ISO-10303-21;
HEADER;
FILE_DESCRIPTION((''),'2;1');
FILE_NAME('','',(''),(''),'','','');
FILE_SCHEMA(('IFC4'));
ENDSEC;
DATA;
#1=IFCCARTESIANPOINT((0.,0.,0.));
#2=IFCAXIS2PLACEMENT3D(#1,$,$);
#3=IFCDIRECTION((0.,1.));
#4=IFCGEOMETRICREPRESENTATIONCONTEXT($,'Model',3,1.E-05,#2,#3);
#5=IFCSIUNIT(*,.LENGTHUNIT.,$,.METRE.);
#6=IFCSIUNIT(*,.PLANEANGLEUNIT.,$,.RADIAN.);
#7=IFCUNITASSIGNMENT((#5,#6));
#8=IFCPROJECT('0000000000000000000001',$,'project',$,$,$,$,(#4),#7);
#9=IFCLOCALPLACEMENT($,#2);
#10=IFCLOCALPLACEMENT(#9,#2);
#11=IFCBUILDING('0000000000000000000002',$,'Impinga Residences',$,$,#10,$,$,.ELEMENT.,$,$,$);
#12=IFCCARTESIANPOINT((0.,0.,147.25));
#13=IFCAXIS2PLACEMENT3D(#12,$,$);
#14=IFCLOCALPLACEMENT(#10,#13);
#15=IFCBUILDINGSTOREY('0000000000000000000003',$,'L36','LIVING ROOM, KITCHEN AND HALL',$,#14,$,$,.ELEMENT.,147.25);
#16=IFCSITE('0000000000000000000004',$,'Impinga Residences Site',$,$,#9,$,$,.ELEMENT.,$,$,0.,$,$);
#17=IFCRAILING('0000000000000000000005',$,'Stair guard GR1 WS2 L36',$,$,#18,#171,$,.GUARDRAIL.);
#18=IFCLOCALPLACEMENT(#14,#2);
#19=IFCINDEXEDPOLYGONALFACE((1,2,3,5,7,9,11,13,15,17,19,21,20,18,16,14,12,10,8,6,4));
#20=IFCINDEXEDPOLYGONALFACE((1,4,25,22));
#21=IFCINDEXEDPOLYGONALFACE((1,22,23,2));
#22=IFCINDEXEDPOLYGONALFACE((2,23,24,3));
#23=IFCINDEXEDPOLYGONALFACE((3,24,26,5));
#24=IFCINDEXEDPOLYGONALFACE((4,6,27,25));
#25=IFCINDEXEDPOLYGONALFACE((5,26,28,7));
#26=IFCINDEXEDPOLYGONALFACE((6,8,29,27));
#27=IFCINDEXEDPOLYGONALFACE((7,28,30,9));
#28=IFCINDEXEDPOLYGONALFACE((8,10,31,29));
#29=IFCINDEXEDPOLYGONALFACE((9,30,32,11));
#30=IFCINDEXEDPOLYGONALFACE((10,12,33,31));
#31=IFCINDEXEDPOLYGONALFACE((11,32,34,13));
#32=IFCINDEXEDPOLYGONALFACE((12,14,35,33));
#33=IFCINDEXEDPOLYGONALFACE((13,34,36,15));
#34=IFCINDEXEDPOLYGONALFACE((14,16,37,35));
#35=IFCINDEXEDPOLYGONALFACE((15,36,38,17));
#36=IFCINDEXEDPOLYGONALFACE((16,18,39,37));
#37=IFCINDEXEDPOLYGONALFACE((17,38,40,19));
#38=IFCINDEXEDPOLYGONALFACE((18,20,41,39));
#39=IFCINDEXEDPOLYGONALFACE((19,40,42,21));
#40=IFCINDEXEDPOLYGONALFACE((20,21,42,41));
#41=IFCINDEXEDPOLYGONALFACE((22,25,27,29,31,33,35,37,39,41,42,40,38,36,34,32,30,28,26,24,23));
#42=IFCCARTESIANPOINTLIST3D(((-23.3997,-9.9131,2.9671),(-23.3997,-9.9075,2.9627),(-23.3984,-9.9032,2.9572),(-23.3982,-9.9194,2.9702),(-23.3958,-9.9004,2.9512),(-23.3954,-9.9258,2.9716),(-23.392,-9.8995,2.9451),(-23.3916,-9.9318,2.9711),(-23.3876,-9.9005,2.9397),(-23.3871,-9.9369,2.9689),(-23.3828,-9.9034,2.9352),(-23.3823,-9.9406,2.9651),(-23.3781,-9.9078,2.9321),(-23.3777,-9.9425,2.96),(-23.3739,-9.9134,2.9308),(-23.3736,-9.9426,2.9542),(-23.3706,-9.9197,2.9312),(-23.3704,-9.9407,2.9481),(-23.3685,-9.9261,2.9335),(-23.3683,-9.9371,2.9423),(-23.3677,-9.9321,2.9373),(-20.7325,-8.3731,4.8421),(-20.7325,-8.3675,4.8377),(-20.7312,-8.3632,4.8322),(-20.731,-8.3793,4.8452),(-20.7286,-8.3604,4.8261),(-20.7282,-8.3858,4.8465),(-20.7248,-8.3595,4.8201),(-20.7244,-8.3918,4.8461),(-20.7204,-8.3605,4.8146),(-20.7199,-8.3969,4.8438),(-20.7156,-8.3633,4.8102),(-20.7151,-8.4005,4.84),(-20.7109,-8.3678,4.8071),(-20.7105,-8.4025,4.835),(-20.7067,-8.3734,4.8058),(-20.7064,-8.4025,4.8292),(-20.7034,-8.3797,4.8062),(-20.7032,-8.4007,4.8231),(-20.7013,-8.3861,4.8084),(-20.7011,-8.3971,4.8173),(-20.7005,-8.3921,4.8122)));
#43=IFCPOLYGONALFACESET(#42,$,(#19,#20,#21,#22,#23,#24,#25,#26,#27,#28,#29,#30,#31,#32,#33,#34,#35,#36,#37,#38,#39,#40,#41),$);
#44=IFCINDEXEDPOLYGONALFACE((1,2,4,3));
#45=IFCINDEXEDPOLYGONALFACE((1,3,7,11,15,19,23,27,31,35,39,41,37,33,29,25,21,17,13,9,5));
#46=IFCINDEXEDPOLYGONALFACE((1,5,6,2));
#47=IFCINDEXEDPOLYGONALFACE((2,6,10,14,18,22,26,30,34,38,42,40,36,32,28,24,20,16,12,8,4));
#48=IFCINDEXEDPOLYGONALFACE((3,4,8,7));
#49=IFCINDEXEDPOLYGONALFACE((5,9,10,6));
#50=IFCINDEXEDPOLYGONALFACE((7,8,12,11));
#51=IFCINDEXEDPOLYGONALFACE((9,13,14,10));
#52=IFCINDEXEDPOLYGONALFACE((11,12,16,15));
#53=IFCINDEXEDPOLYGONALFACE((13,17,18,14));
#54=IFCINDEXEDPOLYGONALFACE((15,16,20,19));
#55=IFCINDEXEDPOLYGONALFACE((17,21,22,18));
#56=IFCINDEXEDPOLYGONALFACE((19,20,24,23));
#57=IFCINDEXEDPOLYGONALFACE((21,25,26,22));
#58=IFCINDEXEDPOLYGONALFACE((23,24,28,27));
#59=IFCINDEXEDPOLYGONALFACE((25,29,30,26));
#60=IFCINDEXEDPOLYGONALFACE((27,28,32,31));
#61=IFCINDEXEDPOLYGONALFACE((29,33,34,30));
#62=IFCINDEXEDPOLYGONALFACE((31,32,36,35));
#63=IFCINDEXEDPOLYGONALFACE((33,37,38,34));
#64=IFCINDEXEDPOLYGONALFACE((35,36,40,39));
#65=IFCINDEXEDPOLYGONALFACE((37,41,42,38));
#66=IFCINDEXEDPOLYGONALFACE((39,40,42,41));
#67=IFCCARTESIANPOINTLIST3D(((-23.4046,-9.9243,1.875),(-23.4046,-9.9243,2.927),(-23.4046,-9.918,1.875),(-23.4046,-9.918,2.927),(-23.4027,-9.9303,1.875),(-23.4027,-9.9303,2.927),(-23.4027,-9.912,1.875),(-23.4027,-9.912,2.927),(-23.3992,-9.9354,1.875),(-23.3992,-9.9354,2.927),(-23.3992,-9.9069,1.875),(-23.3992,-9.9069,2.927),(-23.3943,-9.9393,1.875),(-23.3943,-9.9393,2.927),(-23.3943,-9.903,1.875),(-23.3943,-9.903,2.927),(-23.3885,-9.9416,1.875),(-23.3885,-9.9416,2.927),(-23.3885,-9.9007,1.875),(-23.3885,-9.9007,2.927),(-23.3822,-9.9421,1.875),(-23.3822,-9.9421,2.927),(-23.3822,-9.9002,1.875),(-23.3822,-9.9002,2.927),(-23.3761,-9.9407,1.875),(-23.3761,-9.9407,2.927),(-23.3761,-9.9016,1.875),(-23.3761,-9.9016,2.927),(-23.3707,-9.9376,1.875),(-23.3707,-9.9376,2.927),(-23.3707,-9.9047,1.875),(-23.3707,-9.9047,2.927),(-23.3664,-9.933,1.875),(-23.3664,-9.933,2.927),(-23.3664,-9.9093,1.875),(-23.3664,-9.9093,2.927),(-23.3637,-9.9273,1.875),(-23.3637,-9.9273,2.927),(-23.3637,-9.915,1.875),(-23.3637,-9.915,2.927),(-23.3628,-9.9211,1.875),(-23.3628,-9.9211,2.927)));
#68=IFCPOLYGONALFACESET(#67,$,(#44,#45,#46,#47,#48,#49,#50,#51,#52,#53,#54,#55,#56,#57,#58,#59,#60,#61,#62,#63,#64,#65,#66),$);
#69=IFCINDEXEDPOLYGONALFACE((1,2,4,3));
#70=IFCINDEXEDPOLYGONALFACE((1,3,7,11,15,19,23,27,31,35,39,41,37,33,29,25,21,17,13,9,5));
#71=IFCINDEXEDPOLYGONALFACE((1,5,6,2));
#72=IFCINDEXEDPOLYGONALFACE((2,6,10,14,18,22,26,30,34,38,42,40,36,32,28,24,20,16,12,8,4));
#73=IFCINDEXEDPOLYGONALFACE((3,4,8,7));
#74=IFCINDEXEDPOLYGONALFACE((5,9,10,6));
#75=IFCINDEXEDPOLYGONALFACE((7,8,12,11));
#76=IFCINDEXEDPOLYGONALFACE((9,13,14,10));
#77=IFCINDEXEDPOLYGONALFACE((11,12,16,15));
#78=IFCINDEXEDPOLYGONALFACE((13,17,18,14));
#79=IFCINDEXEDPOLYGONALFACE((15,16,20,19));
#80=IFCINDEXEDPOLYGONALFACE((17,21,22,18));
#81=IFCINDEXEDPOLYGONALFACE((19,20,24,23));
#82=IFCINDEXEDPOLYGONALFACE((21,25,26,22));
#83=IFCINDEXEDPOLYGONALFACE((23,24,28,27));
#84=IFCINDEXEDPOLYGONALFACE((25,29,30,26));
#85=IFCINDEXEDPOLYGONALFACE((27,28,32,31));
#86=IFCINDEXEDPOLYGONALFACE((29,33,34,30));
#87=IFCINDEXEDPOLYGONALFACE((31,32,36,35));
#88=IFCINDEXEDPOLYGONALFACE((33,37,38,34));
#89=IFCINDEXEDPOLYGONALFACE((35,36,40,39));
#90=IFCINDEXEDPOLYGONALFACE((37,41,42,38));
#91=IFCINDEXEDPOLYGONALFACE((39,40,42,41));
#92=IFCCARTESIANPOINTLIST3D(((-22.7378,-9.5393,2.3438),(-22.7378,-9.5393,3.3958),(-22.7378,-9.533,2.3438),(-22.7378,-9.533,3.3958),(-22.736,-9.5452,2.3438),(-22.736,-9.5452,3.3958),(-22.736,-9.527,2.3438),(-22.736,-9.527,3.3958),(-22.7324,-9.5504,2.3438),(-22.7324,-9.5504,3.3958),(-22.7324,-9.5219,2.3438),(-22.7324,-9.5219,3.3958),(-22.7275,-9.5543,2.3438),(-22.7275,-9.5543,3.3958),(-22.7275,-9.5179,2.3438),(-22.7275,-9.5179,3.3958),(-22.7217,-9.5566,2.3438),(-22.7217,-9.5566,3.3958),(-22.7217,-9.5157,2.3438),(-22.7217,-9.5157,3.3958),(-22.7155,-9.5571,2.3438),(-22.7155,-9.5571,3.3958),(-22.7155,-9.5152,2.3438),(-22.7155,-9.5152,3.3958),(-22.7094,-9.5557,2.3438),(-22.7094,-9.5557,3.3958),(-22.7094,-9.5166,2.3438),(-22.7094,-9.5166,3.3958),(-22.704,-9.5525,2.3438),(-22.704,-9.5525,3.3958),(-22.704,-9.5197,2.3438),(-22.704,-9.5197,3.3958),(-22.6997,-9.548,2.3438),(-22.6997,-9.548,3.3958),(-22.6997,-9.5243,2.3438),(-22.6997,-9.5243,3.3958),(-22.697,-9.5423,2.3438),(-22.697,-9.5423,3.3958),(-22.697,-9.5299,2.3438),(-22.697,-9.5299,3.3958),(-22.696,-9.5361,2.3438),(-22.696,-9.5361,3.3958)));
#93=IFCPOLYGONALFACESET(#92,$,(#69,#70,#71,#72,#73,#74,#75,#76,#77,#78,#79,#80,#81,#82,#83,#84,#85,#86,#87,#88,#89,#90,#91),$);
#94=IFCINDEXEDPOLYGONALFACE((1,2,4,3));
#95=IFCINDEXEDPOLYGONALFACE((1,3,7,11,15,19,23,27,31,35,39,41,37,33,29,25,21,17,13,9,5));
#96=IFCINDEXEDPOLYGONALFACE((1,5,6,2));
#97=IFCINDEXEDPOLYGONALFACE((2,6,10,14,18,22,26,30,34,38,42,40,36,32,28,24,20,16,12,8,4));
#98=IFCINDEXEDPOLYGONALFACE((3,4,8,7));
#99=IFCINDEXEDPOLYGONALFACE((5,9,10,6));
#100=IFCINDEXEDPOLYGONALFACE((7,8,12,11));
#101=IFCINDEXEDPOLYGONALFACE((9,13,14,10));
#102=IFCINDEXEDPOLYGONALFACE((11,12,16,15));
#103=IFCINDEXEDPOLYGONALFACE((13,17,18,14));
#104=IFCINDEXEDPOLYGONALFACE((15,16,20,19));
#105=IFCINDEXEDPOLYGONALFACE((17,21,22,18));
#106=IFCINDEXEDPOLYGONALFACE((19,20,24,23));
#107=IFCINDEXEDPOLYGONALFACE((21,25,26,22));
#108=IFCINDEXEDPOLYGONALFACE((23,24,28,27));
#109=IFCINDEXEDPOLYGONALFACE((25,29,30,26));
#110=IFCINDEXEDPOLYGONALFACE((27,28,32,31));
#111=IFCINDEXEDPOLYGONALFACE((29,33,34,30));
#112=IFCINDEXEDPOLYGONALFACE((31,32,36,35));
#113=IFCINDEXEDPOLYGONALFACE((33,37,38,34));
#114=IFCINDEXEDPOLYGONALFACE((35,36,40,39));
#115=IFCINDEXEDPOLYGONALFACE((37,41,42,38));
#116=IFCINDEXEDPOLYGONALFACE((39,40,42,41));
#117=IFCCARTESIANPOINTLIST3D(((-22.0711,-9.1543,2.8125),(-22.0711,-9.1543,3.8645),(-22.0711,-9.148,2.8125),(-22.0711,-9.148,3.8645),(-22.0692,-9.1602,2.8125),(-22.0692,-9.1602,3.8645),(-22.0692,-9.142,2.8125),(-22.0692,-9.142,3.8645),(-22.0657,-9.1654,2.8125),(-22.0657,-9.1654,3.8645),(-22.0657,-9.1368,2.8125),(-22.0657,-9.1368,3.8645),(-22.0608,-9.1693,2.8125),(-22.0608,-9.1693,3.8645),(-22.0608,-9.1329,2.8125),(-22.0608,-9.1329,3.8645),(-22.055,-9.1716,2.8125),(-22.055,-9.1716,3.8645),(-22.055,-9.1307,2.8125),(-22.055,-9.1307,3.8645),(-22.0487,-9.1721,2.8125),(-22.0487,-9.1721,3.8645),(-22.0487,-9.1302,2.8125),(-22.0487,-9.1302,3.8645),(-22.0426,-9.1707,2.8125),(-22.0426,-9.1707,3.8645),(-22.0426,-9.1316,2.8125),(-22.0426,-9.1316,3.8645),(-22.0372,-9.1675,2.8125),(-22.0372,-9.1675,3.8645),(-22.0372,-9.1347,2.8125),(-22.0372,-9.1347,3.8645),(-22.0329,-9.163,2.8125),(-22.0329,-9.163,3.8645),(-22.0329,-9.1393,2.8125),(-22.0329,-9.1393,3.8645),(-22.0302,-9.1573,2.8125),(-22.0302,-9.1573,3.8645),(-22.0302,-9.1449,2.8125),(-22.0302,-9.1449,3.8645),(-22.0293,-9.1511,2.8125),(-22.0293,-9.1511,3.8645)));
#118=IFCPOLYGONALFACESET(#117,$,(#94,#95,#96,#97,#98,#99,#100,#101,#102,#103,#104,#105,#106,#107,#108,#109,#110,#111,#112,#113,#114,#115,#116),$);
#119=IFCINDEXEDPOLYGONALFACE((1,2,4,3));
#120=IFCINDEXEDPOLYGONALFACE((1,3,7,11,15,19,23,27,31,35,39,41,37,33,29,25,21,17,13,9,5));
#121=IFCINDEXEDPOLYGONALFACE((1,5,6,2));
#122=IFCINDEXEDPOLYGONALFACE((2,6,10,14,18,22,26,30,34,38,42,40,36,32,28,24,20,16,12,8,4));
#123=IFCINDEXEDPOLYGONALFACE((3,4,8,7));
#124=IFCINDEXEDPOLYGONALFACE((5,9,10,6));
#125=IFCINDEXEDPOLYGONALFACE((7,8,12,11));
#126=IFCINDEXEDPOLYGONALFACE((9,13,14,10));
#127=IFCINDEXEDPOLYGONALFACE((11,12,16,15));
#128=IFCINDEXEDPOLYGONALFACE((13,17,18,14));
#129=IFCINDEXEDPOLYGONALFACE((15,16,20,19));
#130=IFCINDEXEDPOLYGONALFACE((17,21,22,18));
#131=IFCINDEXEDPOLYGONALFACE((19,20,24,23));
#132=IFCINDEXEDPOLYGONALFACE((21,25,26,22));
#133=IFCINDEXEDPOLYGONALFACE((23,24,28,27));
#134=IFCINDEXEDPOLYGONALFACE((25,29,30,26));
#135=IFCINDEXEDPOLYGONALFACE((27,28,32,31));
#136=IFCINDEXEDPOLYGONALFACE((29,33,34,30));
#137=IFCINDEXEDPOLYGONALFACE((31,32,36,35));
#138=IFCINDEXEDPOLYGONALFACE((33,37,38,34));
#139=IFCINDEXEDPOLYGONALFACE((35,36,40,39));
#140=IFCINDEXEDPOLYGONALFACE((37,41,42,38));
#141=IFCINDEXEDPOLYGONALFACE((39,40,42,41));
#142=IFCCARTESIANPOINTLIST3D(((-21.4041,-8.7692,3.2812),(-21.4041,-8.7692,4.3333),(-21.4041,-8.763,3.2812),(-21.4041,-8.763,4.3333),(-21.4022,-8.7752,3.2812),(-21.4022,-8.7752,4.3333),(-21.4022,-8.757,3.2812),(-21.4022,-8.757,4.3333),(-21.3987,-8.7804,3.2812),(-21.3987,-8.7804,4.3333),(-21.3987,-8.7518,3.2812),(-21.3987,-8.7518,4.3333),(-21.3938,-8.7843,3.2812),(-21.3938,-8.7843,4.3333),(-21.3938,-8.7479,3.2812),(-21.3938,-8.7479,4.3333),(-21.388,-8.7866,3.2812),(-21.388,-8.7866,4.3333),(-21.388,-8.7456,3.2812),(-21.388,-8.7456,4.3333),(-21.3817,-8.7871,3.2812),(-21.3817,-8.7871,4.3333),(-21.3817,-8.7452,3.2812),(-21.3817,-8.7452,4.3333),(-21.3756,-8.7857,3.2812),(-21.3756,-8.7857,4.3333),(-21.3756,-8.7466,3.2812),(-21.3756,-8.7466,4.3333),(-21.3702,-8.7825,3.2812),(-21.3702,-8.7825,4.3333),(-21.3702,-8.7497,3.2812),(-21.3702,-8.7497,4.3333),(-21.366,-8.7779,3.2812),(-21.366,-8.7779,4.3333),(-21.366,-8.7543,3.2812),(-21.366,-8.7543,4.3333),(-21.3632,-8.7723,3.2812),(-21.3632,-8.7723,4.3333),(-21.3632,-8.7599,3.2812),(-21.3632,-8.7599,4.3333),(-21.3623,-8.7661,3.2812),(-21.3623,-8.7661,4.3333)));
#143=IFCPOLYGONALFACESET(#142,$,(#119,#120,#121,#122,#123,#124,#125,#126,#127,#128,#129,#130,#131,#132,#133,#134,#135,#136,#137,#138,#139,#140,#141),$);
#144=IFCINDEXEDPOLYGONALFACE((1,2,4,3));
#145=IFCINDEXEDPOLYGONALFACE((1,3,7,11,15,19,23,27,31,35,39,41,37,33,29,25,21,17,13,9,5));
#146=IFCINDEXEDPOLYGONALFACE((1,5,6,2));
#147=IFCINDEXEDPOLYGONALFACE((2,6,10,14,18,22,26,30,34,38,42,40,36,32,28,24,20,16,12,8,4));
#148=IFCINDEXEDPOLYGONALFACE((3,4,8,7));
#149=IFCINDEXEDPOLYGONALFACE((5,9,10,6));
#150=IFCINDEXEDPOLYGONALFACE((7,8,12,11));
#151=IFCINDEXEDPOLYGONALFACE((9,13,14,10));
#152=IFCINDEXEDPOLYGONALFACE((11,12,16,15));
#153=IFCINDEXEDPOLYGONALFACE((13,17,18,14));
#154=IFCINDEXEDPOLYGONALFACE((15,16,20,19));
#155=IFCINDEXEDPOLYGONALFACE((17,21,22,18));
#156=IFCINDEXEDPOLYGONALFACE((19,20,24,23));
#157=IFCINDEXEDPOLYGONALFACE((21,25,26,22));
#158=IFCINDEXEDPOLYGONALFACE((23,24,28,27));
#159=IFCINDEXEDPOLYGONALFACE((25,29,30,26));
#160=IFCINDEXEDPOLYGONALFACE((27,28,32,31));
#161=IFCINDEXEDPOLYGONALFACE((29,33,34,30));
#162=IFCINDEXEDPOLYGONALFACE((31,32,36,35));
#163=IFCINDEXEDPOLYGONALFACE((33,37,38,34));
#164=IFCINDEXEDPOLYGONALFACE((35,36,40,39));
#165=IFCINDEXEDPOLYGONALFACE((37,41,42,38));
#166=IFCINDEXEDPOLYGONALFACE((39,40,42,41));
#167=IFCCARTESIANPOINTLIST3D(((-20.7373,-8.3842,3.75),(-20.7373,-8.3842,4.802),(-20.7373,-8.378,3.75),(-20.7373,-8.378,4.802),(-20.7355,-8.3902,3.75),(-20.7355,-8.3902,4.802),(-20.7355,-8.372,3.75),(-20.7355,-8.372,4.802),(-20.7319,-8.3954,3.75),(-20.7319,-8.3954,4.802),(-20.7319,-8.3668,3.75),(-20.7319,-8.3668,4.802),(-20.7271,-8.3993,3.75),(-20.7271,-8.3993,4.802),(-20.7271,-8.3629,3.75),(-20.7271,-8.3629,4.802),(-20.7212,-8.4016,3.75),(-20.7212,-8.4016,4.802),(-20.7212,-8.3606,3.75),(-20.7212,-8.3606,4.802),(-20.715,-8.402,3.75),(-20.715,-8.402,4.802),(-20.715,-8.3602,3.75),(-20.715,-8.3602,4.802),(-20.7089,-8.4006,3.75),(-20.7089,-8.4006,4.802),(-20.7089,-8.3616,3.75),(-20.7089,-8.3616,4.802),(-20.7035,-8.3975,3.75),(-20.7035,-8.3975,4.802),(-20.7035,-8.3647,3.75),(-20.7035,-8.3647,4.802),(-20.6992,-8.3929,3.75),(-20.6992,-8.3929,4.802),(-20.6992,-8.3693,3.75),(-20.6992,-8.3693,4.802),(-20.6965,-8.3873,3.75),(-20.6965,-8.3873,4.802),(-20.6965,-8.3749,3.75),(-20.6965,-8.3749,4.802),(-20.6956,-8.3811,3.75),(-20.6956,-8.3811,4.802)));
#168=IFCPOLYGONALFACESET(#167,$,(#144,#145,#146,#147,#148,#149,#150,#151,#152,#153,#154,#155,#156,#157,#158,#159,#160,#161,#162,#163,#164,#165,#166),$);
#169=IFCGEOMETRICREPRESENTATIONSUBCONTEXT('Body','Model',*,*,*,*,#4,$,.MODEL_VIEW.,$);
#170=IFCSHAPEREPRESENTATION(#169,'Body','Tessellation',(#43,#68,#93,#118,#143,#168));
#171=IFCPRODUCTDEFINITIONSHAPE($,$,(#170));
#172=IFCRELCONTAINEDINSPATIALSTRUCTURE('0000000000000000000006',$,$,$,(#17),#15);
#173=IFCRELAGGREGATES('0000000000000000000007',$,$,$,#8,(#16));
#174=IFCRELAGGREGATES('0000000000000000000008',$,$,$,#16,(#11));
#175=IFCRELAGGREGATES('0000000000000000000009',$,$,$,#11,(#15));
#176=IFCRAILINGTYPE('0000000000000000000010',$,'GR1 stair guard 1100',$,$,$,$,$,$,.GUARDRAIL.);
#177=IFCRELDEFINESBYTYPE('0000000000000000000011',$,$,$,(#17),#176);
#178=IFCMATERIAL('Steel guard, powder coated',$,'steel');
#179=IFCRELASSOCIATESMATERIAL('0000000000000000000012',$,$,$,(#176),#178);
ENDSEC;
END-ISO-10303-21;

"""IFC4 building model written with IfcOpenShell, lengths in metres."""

from ifc_helpers import new_model, si_unit, direction, frame, origin, origin_2d, place, context, subcontext, project, spatial, circle, extrude, material, type_object, element, save


model = new_model("IFC4")

# Units and contexts
model_context = context("Model", 3, precision=1e-05, world=origin(), true_north=direction((0.0, 1.0)))
body_context = subcontext(model_context, "Body", "Model", "MODEL_VIEW")
ifc_project = project(units=[si_unit("LENGTHUNIT", "METRE"), si_unit("PLANEANGLEUNIT", "RADIAN")], contexts=[model_context])

# Site, building, storey
site_placement = place(None, origin())
site = spatial("IfcSite", under=ifc_project, at=site_placement, Name="Impinga Residences Site", CompositionType="ELEMENT", RefElevation=0.0)
building_placement = place(site_placement, origin())
building = spatial("IfcBuilding", under=site, at=building_placement, Name="Impinga Residences", CompositionType="ELEMENT")
storey_placement = place(building_placement, frame((0.0, 0.0, 147.25)))
storey = spatial("IfcBuildingStorey", under=building, at=storey_placement, Name="L36", Description="LIVING ROOM, KITCHEN AND HALL", CompositionType="ELEMENT", Elevation=147.25)

# Railing
ifc_material_1 = material(Name="Steel guard, powder coated", Category="steel")
railing_type_1 = type_object("IfcRailingType", Name="GR1 stair guard 1100", PredefinedType="GUARDRAIL", material=ifc_material_1)
railing_1_placement = place(storey_placement, frame((-23.3838, -9.9211, 1.875)))
element("IfcRailing", 1, at=railing_1_placement, inside=storey, type_object=railing_type_1, Name="Stair guard GR1 WS2 L36", PredefinedType="GUARDRAIL", context=body_context, shape_type="SweptSolid", body=[
    extrude(circle(Radius=0.0239, at=origin_2d()), frame((0.0, 0.0, 1.0762), z_axis=(0.739716, 0.427105, 0.520002), x_axis=(-0.500027, 0.86601, 0.0)), (0.0, 0.0, 1.0), 3.6057),
    extrude(circle(Radius=0.021, at=origin_2d()), origin(), (0.0, 0.0, 1.0), 1.052),
    extrude(circle(Radius=0.021, at=origin_2d()), frame((0.6667, 0.385, 0.4688)), (0.0, 0.0, 1.0), 1.052),
    extrude(circle(Radius=0.021, at=origin_2d()), frame((1.3335, 0.77, 0.9375)), (0.0, 0.0, 1.0), 1.052),
    extrude(circle(Radius=0.021, at=origin_2d()), frame((2.0005, 1.155, 1.4062)), (0.0, 0.0, 1.0), 1.052),
    extrude(circle(Radius=0.021, at=origin_2d()), frame((2.6672, 1.54, 1.875)), (0.0, 0.0, 1.0), 1.052),
])

save(model, "model.ifc")
